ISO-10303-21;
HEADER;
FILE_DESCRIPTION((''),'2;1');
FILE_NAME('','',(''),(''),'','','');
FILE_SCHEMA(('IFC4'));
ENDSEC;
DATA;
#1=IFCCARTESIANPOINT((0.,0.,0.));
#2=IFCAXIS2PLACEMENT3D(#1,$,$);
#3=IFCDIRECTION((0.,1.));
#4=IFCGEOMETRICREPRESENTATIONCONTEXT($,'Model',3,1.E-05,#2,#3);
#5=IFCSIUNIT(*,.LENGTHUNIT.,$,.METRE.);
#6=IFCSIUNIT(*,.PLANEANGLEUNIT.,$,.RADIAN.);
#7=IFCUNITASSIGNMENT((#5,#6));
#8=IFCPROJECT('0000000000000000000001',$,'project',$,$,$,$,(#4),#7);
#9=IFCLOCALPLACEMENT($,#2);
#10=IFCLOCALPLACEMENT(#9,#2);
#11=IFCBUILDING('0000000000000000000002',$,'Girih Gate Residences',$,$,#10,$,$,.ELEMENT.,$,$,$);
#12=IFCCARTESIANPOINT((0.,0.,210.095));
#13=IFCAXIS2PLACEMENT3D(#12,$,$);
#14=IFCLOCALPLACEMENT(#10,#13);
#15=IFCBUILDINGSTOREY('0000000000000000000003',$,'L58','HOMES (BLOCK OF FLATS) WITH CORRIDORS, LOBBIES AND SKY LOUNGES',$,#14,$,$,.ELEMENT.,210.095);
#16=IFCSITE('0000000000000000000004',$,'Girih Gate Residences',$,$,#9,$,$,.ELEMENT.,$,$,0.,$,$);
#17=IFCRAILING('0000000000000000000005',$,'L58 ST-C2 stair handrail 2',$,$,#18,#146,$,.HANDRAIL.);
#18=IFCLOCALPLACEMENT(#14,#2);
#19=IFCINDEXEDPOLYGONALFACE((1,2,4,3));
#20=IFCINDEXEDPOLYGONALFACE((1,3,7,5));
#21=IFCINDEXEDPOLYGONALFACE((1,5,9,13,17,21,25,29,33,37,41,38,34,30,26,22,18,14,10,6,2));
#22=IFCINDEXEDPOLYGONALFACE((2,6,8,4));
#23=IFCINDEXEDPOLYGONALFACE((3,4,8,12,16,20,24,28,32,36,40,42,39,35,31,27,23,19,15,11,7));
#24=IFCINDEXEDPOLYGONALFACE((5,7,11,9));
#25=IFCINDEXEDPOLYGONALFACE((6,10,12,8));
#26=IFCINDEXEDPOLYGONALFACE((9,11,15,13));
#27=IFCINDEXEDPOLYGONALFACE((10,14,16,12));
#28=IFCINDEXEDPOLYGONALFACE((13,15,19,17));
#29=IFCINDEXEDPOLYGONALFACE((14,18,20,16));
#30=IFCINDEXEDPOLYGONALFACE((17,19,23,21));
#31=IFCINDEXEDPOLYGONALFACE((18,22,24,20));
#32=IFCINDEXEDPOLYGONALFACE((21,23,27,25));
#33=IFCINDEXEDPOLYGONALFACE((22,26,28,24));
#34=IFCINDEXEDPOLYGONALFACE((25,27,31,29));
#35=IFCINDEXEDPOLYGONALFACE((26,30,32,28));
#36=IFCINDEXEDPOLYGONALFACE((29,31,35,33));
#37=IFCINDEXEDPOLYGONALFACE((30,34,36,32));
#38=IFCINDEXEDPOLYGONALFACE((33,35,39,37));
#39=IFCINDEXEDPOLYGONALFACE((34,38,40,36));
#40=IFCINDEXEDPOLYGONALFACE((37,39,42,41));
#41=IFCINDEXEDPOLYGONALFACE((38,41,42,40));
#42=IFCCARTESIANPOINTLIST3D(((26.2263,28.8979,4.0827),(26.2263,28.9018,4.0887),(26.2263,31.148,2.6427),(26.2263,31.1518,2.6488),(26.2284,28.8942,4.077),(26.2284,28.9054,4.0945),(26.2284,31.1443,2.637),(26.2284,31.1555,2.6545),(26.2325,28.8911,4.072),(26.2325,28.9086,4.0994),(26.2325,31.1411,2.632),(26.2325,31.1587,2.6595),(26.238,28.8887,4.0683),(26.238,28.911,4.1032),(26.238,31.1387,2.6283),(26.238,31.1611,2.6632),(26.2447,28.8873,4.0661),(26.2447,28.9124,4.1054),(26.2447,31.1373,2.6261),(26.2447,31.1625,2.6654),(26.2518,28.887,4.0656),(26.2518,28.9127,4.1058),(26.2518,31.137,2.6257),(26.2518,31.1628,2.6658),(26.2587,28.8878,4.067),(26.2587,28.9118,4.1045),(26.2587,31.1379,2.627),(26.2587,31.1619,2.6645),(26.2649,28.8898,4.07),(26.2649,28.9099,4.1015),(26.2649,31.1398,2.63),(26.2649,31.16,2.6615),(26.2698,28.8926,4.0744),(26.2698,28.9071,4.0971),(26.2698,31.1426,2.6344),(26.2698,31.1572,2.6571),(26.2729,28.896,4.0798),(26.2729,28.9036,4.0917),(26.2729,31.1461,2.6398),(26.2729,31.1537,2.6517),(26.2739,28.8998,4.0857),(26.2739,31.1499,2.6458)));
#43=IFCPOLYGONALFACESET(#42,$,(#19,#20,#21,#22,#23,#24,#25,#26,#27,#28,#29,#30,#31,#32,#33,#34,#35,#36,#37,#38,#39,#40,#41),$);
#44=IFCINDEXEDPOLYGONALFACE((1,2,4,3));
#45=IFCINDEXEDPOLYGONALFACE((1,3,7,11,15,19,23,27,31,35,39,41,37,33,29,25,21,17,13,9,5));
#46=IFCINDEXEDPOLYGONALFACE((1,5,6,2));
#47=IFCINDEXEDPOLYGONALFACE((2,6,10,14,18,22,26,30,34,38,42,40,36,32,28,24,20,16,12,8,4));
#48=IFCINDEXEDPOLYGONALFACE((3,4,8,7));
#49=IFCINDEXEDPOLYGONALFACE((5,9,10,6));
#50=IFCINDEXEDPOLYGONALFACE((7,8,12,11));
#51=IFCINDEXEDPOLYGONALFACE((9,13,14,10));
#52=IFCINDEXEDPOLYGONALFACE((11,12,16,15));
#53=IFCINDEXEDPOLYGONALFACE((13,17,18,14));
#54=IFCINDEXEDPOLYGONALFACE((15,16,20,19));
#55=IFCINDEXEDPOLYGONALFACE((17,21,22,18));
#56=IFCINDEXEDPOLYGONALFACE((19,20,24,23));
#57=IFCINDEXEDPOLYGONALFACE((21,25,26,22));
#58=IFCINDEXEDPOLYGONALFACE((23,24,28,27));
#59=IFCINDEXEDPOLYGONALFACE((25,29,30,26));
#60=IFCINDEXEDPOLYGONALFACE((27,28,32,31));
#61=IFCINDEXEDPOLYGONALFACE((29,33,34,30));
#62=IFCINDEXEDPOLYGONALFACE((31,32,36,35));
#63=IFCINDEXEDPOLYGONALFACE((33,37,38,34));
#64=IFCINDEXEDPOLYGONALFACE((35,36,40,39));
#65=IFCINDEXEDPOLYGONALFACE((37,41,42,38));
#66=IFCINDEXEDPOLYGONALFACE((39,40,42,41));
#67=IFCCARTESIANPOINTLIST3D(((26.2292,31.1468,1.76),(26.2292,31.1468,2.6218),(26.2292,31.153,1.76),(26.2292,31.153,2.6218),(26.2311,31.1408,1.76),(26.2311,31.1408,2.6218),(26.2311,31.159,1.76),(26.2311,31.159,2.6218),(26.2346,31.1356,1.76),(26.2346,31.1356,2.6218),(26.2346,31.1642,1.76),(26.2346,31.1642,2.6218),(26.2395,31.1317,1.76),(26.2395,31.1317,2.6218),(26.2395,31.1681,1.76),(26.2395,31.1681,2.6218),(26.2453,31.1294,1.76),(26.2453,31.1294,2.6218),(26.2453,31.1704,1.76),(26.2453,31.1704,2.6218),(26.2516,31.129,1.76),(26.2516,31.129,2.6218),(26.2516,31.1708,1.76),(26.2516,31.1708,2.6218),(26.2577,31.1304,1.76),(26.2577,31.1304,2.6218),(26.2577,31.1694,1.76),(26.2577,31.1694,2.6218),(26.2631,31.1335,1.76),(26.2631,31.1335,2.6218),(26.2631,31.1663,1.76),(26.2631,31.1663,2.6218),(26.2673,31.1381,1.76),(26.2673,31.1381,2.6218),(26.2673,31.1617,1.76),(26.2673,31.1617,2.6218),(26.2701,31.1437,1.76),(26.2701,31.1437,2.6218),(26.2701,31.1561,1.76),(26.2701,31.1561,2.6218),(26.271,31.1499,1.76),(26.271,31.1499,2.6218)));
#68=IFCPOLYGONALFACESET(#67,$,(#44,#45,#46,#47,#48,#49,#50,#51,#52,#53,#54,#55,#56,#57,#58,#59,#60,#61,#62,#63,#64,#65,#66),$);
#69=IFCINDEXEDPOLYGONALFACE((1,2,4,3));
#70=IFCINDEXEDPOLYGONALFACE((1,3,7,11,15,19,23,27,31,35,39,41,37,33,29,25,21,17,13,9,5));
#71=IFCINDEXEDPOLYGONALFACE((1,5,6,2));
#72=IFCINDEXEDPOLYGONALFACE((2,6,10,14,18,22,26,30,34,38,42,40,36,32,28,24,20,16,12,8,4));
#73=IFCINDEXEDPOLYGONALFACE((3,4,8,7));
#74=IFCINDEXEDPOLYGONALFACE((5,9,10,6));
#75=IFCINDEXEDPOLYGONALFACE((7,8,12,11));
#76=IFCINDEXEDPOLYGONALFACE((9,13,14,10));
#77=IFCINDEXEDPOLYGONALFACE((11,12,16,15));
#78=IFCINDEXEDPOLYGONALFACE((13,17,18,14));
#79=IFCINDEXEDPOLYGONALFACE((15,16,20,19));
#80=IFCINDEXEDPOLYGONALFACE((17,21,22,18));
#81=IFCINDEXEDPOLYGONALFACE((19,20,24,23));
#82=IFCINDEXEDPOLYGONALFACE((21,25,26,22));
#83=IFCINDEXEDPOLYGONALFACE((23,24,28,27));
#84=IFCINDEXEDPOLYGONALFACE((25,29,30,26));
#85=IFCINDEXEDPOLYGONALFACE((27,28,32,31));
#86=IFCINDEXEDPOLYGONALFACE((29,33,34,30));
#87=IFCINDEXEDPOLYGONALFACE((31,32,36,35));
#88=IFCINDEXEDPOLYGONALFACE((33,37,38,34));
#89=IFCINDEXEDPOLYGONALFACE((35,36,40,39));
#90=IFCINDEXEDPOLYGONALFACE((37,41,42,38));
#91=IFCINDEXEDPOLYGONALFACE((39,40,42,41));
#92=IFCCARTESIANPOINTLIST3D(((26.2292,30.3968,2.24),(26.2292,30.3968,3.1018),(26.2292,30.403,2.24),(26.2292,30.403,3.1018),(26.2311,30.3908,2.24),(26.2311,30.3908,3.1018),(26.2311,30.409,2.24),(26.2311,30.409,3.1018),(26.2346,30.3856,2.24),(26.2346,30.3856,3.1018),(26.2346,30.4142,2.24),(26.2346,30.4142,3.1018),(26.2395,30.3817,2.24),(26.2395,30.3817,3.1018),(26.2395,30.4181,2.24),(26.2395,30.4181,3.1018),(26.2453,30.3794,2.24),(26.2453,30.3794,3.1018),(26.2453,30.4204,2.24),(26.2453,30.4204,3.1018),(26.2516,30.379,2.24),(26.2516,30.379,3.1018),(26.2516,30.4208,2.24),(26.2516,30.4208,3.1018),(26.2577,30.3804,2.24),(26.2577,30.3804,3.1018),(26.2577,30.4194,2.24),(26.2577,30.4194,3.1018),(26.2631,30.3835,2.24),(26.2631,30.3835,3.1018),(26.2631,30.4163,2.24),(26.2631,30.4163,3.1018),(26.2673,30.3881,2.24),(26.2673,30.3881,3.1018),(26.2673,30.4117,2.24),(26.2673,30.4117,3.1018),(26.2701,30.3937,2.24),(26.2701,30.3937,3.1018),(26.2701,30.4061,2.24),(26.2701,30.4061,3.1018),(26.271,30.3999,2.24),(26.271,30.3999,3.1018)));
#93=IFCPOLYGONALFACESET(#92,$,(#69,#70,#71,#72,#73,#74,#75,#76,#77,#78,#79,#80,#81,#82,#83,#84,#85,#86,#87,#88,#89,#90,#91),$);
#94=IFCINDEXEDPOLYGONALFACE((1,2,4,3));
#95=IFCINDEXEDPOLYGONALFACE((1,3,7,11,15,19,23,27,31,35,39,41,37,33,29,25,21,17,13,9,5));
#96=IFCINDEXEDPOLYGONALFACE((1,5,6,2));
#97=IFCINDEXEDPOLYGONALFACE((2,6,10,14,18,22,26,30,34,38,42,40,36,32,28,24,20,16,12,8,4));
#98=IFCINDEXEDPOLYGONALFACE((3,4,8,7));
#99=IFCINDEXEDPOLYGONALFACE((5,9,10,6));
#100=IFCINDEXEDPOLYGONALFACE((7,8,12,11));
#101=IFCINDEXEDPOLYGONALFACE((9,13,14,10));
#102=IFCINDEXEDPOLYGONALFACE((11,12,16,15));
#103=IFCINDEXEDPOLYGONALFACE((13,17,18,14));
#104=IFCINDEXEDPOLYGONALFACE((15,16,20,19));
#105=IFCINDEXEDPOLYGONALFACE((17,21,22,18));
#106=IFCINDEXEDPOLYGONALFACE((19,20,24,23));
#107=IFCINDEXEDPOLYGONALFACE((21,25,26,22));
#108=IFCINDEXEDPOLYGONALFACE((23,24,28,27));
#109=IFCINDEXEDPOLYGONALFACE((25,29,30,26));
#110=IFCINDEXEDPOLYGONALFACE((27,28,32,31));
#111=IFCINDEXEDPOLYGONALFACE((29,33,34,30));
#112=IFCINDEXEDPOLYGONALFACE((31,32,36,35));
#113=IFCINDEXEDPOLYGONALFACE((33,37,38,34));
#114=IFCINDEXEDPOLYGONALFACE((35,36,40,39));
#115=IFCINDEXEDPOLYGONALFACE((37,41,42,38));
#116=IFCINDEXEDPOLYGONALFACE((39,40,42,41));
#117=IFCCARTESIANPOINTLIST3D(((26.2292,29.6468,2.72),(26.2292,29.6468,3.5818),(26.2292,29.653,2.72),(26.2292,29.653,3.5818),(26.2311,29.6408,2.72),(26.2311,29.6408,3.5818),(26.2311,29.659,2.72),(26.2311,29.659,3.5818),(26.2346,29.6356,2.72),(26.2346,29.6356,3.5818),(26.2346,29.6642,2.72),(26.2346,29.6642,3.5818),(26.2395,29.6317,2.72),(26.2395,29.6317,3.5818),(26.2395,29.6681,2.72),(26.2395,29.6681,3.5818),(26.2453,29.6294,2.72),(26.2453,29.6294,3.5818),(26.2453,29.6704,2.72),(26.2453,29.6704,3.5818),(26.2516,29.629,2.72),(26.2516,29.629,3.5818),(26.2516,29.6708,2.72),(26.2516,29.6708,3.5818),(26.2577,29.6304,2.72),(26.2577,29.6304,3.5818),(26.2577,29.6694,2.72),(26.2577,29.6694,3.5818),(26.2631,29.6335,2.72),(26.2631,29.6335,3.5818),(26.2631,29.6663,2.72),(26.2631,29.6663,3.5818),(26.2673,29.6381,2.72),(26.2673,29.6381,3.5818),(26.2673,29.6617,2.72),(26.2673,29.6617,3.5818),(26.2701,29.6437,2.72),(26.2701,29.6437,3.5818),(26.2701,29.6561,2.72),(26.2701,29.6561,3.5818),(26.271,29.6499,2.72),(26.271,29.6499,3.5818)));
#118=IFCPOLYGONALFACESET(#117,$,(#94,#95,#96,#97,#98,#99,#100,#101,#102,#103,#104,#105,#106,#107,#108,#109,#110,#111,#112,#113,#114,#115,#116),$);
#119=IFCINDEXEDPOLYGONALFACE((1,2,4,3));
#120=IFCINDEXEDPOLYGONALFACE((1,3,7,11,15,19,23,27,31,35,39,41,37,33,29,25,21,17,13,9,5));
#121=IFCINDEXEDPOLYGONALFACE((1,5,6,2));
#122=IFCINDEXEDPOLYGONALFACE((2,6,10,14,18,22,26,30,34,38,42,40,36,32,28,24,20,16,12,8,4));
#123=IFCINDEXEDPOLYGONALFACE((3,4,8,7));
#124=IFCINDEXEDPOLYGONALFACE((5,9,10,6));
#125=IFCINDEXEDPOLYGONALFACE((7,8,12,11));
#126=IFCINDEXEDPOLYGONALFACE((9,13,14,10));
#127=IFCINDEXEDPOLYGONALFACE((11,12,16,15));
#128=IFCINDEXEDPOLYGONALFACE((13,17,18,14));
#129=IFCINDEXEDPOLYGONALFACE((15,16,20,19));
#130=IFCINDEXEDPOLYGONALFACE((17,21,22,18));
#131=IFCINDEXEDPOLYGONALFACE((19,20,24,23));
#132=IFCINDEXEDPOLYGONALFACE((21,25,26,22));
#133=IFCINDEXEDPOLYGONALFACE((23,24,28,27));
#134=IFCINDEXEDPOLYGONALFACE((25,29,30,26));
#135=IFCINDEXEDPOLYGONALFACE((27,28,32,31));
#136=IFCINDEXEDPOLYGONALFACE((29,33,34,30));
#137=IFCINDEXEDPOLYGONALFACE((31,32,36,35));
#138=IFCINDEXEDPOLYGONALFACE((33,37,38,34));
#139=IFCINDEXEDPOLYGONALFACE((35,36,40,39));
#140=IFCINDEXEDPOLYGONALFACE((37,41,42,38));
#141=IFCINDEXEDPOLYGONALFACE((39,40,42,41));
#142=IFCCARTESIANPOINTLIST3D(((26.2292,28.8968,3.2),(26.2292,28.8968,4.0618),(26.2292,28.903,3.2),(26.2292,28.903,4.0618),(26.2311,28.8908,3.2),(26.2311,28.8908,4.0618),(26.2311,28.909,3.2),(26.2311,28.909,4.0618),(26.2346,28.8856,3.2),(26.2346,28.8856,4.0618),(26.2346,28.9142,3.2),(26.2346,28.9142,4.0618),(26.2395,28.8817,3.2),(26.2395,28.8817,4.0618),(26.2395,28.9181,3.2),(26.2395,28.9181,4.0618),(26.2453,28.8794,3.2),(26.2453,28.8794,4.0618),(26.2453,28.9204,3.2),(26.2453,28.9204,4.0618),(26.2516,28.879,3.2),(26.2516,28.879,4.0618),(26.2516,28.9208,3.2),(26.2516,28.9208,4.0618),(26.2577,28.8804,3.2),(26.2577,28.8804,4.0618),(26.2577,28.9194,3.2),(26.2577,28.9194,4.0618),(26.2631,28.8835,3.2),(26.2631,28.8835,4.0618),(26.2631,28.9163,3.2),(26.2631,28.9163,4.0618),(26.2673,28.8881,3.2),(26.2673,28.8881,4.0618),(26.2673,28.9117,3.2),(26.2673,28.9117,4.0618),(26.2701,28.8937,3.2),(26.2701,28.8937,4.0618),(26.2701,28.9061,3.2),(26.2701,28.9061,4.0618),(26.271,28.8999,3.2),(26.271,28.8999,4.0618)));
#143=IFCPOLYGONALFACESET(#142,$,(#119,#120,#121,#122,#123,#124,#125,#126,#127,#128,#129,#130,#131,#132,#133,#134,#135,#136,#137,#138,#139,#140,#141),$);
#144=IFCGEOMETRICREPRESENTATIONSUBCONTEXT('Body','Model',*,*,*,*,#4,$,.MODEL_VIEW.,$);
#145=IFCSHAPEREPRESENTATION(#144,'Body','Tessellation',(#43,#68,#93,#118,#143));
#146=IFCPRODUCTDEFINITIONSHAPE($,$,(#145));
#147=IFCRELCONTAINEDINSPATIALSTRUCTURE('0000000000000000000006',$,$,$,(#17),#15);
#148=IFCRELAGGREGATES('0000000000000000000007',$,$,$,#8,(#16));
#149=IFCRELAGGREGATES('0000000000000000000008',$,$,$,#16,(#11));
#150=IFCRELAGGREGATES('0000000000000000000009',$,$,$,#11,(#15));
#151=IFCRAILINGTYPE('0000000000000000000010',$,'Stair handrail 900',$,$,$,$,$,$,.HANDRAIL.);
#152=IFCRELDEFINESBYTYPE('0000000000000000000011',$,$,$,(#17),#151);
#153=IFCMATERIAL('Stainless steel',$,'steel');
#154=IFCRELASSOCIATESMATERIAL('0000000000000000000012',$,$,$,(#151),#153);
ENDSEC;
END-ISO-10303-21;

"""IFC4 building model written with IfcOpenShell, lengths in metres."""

from ifc_helpers import new_model, si_unit, direction, frame, origin, origin_2d, place, context, subcontext, project, spatial, circle, extrude, material, type_object, element, save


model = new_model("IFC4")

# Units and contexts
model_context = context("Model", 3, precision=1e-05, world=origin(), true_north=direction((0.0, 1.0)))
body_context = subcontext(model_context, "Body", "Model", "MODEL_VIEW")
ifc_project = project(units=[si_unit("LENGTHUNIT", "METRE"), si_unit("PLANEANGLEUNIT", "RADIAN")], contexts=[model_context])

# Site, building, storey
site_placement = place(None, origin())
site = spatial("IfcSite", under=ifc_project, at=site_placement, Name="Girih Gate Residences", CompositionType="ELEMENT", RefElevation=0.0)
building_placement = place(site_placement, origin())
building = spatial("IfcBuilding", under=site, at=building_placement, Name="Girih Gate Residences", CompositionType="ELEMENT")
storey_placement = place(building_placement, frame((0.0, 0.0, 210.095)))
storey = spatial("IfcBuildingStorey", under=building, at=storey_placement, Name="L58", Description="HOMES (BLOCK OF FLATS) WITH CORRIDORS, LOBBIES AND SKY LOUNGES", CompositionType="ELEMENT", Elevation=210.095)

# Railing
ifc_material_1 = material(Name="Stainless steel", Category="steel")
railing_type_1 = type_object("IfcRailingType", Name="Stair handrail 900", PredefinedType="HANDRAIL", material=ifc_material_1)
railing_1_placement = place(storey_placement, frame((26.25, 31.1499, 1.76)))
element("IfcRailing", 1, at=railing_1_placement, inside=storey, type_object=railing_type_1, Name="L58 ST-C2 stair handrail 2", PredefinedType="HANDRAIL", context=body_context, shape_type="SweptSolid", body=[
    extrude(circle(Radius=0.0239, at=origin_2d()), frame((0.0, 0.0, 0.8857), z_axis=(0.0, -0.842281, 0.539038), x_axis=(1.0, 0.0, 0.0)), (0.0, 0.0, 1.0), 2.6714),
    extrude(circle(Radius=0.021, at=origin_2d()), origin(), (0.0, 0.0, 1.0), 0.8618),
    extrude(circle(Radius=0.021, at=origin_2d()), frame((0.0, -0.75, 0.48)), (0.0, 0.0, 1.0), 0.8618),
    extrude(circle(Radius=0.021, at=origin_2d()), frame((0.0, -1.5, 0.96)), (0.0, 0.0, 1.0), 0.8618),
    extrude(circle(Radius=0.021, at=origin_2d()), frame((0.0, -2.25, 1.4399)), (0.0, 0.0, 1.0), 0.8618),
])

save(model, "model.ifc")
